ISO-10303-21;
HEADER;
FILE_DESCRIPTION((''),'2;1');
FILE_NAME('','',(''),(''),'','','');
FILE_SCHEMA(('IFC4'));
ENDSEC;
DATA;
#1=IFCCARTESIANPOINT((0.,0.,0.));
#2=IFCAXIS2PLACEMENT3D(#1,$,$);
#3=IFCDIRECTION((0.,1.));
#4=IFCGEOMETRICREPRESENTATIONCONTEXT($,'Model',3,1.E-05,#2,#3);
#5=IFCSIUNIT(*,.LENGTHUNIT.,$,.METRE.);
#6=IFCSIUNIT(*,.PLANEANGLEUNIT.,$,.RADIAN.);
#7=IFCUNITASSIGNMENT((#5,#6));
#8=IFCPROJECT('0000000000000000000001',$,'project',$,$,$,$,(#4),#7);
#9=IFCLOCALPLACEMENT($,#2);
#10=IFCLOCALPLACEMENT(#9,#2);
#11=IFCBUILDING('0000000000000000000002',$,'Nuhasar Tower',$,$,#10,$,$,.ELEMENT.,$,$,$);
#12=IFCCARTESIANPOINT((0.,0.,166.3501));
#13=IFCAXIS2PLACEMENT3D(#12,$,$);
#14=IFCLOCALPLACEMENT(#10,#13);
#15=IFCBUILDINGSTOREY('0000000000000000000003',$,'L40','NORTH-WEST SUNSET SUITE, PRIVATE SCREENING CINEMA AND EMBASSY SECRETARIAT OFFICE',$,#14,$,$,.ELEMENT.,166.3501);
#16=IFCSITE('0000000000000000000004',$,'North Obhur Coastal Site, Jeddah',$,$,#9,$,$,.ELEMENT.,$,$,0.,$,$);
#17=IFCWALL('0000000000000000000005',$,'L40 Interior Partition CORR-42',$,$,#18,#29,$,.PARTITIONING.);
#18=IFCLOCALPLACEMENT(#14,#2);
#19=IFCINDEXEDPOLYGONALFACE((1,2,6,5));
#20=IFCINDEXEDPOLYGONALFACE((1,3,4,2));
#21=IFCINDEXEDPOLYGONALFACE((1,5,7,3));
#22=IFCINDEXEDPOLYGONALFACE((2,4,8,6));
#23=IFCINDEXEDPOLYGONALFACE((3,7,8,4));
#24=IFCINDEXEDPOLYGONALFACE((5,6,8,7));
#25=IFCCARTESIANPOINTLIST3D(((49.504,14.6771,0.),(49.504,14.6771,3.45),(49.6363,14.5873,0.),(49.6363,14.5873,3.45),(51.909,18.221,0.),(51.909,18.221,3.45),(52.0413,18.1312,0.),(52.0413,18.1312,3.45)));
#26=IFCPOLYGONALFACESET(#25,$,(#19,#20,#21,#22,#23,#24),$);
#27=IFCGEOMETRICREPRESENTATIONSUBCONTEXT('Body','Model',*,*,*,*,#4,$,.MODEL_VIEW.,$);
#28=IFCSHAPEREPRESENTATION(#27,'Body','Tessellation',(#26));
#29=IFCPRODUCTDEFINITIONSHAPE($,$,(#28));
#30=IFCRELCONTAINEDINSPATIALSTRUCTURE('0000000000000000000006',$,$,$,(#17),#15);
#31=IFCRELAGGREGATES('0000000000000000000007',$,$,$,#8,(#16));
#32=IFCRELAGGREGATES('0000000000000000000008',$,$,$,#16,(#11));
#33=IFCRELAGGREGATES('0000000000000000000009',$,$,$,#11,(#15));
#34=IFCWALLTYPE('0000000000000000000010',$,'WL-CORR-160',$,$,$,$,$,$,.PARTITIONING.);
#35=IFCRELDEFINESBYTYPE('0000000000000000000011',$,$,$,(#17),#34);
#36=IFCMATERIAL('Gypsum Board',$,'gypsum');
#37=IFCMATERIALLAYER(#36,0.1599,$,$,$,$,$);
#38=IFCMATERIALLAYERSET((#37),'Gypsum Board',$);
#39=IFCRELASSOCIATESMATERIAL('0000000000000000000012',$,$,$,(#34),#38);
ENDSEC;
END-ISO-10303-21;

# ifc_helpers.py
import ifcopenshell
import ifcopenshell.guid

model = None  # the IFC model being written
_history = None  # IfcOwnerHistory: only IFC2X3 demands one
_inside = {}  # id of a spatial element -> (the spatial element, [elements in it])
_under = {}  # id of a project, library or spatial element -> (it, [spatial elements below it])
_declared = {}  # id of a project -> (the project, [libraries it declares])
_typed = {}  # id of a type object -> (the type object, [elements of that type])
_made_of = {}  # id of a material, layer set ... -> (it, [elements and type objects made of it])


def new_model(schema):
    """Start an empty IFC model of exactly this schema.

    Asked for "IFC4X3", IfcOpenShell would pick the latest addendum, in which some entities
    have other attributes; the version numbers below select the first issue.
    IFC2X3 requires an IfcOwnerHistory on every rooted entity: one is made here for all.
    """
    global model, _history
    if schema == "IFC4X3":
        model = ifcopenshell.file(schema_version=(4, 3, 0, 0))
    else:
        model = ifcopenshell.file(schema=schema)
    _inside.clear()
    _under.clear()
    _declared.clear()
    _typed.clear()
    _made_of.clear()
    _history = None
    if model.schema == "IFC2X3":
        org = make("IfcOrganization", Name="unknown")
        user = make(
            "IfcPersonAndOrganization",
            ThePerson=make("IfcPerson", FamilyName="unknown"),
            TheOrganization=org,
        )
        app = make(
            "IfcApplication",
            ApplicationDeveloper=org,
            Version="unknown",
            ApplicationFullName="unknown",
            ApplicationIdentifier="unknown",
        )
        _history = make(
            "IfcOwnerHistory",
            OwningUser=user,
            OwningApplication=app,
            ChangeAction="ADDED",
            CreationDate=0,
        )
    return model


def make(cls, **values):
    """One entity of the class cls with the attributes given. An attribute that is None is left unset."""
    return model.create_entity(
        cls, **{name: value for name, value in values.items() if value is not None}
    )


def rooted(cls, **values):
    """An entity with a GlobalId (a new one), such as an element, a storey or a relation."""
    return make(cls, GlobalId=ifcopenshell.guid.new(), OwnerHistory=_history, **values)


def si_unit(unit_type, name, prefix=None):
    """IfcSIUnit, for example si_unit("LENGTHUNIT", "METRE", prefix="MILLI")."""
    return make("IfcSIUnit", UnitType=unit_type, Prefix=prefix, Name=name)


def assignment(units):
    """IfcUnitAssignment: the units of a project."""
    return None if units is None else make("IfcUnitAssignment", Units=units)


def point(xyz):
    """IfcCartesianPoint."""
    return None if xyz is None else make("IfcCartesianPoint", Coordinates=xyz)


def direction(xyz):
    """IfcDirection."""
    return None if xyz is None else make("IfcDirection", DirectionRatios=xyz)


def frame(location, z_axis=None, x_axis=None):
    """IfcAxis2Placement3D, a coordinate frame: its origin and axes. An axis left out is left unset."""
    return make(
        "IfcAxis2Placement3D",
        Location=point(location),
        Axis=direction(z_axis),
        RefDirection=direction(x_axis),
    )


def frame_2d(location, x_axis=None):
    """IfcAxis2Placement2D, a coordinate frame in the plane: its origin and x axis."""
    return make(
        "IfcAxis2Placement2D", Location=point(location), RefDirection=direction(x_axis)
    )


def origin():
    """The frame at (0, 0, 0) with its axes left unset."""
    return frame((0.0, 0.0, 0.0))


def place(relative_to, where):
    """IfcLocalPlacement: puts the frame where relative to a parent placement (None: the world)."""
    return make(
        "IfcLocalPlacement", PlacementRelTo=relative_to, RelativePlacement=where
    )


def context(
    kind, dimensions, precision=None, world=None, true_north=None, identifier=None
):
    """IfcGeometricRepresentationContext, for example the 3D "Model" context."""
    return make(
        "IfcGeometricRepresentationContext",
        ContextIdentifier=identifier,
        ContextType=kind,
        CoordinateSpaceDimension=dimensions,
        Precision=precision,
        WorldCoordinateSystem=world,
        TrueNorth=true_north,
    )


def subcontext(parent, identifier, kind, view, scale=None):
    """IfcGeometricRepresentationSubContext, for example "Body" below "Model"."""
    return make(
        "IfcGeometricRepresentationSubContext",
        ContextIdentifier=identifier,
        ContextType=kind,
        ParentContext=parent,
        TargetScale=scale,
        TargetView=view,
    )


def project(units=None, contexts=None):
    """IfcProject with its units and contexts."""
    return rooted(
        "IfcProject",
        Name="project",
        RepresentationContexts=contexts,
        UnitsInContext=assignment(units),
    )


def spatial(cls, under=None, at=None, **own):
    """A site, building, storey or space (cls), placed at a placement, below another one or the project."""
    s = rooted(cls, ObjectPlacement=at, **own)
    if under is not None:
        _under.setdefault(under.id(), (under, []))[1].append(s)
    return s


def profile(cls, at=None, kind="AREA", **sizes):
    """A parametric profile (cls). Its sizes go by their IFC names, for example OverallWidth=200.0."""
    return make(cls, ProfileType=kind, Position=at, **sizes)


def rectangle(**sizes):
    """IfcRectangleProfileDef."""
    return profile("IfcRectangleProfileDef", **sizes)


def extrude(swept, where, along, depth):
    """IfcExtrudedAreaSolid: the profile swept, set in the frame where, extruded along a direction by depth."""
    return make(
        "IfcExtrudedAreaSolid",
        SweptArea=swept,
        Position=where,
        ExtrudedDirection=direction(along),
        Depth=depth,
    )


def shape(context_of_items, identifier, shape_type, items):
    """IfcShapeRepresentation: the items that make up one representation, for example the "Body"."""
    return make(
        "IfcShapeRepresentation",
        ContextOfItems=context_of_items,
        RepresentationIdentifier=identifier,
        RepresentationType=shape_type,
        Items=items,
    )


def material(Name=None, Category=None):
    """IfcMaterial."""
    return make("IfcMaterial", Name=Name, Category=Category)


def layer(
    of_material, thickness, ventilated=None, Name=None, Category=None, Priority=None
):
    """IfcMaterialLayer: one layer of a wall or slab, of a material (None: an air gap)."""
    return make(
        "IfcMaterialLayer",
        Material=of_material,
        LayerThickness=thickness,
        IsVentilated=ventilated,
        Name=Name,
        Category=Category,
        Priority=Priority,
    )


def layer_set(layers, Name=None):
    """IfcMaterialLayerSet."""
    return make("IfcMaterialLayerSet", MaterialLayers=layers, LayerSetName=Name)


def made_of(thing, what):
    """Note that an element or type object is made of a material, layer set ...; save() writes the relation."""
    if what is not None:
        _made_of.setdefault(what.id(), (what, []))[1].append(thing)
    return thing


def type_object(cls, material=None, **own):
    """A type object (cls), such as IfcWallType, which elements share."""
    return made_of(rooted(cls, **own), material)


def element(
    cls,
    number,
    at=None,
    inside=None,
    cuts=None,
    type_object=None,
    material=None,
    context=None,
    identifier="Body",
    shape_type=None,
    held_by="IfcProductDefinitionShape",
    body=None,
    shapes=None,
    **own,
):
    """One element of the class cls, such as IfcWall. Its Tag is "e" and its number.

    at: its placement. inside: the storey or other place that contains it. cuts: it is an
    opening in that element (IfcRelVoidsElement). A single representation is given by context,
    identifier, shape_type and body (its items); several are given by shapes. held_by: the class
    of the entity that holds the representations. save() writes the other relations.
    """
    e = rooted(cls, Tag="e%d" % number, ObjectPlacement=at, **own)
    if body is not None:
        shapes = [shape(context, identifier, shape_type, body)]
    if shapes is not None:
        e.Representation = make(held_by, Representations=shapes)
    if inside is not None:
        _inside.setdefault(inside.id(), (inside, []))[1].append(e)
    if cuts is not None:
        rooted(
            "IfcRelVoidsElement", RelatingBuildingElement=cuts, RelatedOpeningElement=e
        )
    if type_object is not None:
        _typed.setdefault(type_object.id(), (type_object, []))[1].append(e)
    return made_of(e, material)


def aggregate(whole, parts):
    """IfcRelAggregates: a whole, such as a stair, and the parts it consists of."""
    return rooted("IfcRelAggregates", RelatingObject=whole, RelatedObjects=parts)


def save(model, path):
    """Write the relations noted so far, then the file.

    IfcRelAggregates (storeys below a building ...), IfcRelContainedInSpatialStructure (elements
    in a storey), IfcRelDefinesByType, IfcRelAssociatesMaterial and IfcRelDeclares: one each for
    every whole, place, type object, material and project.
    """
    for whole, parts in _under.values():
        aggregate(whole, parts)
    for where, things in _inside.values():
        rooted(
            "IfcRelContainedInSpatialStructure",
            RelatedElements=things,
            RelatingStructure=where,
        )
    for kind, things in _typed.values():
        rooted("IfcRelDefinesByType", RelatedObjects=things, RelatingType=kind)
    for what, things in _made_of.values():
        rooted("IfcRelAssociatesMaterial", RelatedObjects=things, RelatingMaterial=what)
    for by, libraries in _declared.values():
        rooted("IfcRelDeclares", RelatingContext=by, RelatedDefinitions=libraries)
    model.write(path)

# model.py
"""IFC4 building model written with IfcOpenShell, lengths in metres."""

from ifc_helpers import new_model, si_unit, direction, frame, frame_2d, origin, place, context, subcontext, project, spatial, rectangle, extrude, material, layer, layer_set, type_object, element, save


model = new_model("IFC4")

# Units and contexts
model_context = context("Model", 3, precision=1e-05, world=origin(), true_north=direction((0.0, 1.0)))
body_context = subcontext(model_context, "Body", "Model", "MODEL_VIEW")
ifc_project = project(units=[si_unit("LENGTHUNIT", "METRE"), si_unit("PLANEANGLEUNIT", "RADIAN")], contexts=[model_context])

# Site, building, storey
site_placement = place(None, origin())
site = spatial("IfcSite", under=ifc_project, at=site_placement, Name="North Obhur Coastal Site, Jeddah", CompositionType="ELEMENT", RefElevation=0.0)
building_placement = place(site_placement, origin())
building = spatial("IfcBuilding", under=site, at=building_placement, Name="Nuhasar Tower", CompositionType="ELEMENT")
storey_placement = place(building_placement, frame((0.0, 0.0, 166.3501)))
storey = spatial("IfcBuildingStorey", under=building, at=storey_placement, Name="L40", Description="NORTH-WEST SUNSET SUITE, PRIVATE SCREENING CINEMA AND EMBASSY SECRETARIAT OFFICE", CompositionType="ELEMENT", Elevation=166.3501)

# Shared definitions
ifc_material_1 = material(Name="Gypsum Board", Category="gypsum")
ifc_layer_1 = layer(ifc_material_1, 0.1599)
ifc_layer_set_1 = layer_set([ifc_layer_1], Name="Gypsum Board")
wall_type = type_object("IfcWallType", Name="WL-CORR-160", PredefinedType="PARTITIONING", material=ifc_layer_set_1)

# Wall
wall_1_placement = place(storey_placement, frame((49.5701, 14.6321, 0.0), z_axis=(0.0, 0.0, 1.0), x_axis=(0.561535, 0.827453, 0.0)))
element("IfcWall", 1, at=wall_1_placement, inside=storey, type_object=wall_type, Name="L40 Interior Partition CORR-42", PredefinedType="PARTITIONING", context=body_context, shape_type="SweptSolid", body=[
    extrude(rectangle(XDim=4.283, YDim=0.1599, at=frame_2d((2.1416, 0.0))), origin(), (0.0, 0.0, 1.0), 3.45),
])

save(model, "model.ifc")
